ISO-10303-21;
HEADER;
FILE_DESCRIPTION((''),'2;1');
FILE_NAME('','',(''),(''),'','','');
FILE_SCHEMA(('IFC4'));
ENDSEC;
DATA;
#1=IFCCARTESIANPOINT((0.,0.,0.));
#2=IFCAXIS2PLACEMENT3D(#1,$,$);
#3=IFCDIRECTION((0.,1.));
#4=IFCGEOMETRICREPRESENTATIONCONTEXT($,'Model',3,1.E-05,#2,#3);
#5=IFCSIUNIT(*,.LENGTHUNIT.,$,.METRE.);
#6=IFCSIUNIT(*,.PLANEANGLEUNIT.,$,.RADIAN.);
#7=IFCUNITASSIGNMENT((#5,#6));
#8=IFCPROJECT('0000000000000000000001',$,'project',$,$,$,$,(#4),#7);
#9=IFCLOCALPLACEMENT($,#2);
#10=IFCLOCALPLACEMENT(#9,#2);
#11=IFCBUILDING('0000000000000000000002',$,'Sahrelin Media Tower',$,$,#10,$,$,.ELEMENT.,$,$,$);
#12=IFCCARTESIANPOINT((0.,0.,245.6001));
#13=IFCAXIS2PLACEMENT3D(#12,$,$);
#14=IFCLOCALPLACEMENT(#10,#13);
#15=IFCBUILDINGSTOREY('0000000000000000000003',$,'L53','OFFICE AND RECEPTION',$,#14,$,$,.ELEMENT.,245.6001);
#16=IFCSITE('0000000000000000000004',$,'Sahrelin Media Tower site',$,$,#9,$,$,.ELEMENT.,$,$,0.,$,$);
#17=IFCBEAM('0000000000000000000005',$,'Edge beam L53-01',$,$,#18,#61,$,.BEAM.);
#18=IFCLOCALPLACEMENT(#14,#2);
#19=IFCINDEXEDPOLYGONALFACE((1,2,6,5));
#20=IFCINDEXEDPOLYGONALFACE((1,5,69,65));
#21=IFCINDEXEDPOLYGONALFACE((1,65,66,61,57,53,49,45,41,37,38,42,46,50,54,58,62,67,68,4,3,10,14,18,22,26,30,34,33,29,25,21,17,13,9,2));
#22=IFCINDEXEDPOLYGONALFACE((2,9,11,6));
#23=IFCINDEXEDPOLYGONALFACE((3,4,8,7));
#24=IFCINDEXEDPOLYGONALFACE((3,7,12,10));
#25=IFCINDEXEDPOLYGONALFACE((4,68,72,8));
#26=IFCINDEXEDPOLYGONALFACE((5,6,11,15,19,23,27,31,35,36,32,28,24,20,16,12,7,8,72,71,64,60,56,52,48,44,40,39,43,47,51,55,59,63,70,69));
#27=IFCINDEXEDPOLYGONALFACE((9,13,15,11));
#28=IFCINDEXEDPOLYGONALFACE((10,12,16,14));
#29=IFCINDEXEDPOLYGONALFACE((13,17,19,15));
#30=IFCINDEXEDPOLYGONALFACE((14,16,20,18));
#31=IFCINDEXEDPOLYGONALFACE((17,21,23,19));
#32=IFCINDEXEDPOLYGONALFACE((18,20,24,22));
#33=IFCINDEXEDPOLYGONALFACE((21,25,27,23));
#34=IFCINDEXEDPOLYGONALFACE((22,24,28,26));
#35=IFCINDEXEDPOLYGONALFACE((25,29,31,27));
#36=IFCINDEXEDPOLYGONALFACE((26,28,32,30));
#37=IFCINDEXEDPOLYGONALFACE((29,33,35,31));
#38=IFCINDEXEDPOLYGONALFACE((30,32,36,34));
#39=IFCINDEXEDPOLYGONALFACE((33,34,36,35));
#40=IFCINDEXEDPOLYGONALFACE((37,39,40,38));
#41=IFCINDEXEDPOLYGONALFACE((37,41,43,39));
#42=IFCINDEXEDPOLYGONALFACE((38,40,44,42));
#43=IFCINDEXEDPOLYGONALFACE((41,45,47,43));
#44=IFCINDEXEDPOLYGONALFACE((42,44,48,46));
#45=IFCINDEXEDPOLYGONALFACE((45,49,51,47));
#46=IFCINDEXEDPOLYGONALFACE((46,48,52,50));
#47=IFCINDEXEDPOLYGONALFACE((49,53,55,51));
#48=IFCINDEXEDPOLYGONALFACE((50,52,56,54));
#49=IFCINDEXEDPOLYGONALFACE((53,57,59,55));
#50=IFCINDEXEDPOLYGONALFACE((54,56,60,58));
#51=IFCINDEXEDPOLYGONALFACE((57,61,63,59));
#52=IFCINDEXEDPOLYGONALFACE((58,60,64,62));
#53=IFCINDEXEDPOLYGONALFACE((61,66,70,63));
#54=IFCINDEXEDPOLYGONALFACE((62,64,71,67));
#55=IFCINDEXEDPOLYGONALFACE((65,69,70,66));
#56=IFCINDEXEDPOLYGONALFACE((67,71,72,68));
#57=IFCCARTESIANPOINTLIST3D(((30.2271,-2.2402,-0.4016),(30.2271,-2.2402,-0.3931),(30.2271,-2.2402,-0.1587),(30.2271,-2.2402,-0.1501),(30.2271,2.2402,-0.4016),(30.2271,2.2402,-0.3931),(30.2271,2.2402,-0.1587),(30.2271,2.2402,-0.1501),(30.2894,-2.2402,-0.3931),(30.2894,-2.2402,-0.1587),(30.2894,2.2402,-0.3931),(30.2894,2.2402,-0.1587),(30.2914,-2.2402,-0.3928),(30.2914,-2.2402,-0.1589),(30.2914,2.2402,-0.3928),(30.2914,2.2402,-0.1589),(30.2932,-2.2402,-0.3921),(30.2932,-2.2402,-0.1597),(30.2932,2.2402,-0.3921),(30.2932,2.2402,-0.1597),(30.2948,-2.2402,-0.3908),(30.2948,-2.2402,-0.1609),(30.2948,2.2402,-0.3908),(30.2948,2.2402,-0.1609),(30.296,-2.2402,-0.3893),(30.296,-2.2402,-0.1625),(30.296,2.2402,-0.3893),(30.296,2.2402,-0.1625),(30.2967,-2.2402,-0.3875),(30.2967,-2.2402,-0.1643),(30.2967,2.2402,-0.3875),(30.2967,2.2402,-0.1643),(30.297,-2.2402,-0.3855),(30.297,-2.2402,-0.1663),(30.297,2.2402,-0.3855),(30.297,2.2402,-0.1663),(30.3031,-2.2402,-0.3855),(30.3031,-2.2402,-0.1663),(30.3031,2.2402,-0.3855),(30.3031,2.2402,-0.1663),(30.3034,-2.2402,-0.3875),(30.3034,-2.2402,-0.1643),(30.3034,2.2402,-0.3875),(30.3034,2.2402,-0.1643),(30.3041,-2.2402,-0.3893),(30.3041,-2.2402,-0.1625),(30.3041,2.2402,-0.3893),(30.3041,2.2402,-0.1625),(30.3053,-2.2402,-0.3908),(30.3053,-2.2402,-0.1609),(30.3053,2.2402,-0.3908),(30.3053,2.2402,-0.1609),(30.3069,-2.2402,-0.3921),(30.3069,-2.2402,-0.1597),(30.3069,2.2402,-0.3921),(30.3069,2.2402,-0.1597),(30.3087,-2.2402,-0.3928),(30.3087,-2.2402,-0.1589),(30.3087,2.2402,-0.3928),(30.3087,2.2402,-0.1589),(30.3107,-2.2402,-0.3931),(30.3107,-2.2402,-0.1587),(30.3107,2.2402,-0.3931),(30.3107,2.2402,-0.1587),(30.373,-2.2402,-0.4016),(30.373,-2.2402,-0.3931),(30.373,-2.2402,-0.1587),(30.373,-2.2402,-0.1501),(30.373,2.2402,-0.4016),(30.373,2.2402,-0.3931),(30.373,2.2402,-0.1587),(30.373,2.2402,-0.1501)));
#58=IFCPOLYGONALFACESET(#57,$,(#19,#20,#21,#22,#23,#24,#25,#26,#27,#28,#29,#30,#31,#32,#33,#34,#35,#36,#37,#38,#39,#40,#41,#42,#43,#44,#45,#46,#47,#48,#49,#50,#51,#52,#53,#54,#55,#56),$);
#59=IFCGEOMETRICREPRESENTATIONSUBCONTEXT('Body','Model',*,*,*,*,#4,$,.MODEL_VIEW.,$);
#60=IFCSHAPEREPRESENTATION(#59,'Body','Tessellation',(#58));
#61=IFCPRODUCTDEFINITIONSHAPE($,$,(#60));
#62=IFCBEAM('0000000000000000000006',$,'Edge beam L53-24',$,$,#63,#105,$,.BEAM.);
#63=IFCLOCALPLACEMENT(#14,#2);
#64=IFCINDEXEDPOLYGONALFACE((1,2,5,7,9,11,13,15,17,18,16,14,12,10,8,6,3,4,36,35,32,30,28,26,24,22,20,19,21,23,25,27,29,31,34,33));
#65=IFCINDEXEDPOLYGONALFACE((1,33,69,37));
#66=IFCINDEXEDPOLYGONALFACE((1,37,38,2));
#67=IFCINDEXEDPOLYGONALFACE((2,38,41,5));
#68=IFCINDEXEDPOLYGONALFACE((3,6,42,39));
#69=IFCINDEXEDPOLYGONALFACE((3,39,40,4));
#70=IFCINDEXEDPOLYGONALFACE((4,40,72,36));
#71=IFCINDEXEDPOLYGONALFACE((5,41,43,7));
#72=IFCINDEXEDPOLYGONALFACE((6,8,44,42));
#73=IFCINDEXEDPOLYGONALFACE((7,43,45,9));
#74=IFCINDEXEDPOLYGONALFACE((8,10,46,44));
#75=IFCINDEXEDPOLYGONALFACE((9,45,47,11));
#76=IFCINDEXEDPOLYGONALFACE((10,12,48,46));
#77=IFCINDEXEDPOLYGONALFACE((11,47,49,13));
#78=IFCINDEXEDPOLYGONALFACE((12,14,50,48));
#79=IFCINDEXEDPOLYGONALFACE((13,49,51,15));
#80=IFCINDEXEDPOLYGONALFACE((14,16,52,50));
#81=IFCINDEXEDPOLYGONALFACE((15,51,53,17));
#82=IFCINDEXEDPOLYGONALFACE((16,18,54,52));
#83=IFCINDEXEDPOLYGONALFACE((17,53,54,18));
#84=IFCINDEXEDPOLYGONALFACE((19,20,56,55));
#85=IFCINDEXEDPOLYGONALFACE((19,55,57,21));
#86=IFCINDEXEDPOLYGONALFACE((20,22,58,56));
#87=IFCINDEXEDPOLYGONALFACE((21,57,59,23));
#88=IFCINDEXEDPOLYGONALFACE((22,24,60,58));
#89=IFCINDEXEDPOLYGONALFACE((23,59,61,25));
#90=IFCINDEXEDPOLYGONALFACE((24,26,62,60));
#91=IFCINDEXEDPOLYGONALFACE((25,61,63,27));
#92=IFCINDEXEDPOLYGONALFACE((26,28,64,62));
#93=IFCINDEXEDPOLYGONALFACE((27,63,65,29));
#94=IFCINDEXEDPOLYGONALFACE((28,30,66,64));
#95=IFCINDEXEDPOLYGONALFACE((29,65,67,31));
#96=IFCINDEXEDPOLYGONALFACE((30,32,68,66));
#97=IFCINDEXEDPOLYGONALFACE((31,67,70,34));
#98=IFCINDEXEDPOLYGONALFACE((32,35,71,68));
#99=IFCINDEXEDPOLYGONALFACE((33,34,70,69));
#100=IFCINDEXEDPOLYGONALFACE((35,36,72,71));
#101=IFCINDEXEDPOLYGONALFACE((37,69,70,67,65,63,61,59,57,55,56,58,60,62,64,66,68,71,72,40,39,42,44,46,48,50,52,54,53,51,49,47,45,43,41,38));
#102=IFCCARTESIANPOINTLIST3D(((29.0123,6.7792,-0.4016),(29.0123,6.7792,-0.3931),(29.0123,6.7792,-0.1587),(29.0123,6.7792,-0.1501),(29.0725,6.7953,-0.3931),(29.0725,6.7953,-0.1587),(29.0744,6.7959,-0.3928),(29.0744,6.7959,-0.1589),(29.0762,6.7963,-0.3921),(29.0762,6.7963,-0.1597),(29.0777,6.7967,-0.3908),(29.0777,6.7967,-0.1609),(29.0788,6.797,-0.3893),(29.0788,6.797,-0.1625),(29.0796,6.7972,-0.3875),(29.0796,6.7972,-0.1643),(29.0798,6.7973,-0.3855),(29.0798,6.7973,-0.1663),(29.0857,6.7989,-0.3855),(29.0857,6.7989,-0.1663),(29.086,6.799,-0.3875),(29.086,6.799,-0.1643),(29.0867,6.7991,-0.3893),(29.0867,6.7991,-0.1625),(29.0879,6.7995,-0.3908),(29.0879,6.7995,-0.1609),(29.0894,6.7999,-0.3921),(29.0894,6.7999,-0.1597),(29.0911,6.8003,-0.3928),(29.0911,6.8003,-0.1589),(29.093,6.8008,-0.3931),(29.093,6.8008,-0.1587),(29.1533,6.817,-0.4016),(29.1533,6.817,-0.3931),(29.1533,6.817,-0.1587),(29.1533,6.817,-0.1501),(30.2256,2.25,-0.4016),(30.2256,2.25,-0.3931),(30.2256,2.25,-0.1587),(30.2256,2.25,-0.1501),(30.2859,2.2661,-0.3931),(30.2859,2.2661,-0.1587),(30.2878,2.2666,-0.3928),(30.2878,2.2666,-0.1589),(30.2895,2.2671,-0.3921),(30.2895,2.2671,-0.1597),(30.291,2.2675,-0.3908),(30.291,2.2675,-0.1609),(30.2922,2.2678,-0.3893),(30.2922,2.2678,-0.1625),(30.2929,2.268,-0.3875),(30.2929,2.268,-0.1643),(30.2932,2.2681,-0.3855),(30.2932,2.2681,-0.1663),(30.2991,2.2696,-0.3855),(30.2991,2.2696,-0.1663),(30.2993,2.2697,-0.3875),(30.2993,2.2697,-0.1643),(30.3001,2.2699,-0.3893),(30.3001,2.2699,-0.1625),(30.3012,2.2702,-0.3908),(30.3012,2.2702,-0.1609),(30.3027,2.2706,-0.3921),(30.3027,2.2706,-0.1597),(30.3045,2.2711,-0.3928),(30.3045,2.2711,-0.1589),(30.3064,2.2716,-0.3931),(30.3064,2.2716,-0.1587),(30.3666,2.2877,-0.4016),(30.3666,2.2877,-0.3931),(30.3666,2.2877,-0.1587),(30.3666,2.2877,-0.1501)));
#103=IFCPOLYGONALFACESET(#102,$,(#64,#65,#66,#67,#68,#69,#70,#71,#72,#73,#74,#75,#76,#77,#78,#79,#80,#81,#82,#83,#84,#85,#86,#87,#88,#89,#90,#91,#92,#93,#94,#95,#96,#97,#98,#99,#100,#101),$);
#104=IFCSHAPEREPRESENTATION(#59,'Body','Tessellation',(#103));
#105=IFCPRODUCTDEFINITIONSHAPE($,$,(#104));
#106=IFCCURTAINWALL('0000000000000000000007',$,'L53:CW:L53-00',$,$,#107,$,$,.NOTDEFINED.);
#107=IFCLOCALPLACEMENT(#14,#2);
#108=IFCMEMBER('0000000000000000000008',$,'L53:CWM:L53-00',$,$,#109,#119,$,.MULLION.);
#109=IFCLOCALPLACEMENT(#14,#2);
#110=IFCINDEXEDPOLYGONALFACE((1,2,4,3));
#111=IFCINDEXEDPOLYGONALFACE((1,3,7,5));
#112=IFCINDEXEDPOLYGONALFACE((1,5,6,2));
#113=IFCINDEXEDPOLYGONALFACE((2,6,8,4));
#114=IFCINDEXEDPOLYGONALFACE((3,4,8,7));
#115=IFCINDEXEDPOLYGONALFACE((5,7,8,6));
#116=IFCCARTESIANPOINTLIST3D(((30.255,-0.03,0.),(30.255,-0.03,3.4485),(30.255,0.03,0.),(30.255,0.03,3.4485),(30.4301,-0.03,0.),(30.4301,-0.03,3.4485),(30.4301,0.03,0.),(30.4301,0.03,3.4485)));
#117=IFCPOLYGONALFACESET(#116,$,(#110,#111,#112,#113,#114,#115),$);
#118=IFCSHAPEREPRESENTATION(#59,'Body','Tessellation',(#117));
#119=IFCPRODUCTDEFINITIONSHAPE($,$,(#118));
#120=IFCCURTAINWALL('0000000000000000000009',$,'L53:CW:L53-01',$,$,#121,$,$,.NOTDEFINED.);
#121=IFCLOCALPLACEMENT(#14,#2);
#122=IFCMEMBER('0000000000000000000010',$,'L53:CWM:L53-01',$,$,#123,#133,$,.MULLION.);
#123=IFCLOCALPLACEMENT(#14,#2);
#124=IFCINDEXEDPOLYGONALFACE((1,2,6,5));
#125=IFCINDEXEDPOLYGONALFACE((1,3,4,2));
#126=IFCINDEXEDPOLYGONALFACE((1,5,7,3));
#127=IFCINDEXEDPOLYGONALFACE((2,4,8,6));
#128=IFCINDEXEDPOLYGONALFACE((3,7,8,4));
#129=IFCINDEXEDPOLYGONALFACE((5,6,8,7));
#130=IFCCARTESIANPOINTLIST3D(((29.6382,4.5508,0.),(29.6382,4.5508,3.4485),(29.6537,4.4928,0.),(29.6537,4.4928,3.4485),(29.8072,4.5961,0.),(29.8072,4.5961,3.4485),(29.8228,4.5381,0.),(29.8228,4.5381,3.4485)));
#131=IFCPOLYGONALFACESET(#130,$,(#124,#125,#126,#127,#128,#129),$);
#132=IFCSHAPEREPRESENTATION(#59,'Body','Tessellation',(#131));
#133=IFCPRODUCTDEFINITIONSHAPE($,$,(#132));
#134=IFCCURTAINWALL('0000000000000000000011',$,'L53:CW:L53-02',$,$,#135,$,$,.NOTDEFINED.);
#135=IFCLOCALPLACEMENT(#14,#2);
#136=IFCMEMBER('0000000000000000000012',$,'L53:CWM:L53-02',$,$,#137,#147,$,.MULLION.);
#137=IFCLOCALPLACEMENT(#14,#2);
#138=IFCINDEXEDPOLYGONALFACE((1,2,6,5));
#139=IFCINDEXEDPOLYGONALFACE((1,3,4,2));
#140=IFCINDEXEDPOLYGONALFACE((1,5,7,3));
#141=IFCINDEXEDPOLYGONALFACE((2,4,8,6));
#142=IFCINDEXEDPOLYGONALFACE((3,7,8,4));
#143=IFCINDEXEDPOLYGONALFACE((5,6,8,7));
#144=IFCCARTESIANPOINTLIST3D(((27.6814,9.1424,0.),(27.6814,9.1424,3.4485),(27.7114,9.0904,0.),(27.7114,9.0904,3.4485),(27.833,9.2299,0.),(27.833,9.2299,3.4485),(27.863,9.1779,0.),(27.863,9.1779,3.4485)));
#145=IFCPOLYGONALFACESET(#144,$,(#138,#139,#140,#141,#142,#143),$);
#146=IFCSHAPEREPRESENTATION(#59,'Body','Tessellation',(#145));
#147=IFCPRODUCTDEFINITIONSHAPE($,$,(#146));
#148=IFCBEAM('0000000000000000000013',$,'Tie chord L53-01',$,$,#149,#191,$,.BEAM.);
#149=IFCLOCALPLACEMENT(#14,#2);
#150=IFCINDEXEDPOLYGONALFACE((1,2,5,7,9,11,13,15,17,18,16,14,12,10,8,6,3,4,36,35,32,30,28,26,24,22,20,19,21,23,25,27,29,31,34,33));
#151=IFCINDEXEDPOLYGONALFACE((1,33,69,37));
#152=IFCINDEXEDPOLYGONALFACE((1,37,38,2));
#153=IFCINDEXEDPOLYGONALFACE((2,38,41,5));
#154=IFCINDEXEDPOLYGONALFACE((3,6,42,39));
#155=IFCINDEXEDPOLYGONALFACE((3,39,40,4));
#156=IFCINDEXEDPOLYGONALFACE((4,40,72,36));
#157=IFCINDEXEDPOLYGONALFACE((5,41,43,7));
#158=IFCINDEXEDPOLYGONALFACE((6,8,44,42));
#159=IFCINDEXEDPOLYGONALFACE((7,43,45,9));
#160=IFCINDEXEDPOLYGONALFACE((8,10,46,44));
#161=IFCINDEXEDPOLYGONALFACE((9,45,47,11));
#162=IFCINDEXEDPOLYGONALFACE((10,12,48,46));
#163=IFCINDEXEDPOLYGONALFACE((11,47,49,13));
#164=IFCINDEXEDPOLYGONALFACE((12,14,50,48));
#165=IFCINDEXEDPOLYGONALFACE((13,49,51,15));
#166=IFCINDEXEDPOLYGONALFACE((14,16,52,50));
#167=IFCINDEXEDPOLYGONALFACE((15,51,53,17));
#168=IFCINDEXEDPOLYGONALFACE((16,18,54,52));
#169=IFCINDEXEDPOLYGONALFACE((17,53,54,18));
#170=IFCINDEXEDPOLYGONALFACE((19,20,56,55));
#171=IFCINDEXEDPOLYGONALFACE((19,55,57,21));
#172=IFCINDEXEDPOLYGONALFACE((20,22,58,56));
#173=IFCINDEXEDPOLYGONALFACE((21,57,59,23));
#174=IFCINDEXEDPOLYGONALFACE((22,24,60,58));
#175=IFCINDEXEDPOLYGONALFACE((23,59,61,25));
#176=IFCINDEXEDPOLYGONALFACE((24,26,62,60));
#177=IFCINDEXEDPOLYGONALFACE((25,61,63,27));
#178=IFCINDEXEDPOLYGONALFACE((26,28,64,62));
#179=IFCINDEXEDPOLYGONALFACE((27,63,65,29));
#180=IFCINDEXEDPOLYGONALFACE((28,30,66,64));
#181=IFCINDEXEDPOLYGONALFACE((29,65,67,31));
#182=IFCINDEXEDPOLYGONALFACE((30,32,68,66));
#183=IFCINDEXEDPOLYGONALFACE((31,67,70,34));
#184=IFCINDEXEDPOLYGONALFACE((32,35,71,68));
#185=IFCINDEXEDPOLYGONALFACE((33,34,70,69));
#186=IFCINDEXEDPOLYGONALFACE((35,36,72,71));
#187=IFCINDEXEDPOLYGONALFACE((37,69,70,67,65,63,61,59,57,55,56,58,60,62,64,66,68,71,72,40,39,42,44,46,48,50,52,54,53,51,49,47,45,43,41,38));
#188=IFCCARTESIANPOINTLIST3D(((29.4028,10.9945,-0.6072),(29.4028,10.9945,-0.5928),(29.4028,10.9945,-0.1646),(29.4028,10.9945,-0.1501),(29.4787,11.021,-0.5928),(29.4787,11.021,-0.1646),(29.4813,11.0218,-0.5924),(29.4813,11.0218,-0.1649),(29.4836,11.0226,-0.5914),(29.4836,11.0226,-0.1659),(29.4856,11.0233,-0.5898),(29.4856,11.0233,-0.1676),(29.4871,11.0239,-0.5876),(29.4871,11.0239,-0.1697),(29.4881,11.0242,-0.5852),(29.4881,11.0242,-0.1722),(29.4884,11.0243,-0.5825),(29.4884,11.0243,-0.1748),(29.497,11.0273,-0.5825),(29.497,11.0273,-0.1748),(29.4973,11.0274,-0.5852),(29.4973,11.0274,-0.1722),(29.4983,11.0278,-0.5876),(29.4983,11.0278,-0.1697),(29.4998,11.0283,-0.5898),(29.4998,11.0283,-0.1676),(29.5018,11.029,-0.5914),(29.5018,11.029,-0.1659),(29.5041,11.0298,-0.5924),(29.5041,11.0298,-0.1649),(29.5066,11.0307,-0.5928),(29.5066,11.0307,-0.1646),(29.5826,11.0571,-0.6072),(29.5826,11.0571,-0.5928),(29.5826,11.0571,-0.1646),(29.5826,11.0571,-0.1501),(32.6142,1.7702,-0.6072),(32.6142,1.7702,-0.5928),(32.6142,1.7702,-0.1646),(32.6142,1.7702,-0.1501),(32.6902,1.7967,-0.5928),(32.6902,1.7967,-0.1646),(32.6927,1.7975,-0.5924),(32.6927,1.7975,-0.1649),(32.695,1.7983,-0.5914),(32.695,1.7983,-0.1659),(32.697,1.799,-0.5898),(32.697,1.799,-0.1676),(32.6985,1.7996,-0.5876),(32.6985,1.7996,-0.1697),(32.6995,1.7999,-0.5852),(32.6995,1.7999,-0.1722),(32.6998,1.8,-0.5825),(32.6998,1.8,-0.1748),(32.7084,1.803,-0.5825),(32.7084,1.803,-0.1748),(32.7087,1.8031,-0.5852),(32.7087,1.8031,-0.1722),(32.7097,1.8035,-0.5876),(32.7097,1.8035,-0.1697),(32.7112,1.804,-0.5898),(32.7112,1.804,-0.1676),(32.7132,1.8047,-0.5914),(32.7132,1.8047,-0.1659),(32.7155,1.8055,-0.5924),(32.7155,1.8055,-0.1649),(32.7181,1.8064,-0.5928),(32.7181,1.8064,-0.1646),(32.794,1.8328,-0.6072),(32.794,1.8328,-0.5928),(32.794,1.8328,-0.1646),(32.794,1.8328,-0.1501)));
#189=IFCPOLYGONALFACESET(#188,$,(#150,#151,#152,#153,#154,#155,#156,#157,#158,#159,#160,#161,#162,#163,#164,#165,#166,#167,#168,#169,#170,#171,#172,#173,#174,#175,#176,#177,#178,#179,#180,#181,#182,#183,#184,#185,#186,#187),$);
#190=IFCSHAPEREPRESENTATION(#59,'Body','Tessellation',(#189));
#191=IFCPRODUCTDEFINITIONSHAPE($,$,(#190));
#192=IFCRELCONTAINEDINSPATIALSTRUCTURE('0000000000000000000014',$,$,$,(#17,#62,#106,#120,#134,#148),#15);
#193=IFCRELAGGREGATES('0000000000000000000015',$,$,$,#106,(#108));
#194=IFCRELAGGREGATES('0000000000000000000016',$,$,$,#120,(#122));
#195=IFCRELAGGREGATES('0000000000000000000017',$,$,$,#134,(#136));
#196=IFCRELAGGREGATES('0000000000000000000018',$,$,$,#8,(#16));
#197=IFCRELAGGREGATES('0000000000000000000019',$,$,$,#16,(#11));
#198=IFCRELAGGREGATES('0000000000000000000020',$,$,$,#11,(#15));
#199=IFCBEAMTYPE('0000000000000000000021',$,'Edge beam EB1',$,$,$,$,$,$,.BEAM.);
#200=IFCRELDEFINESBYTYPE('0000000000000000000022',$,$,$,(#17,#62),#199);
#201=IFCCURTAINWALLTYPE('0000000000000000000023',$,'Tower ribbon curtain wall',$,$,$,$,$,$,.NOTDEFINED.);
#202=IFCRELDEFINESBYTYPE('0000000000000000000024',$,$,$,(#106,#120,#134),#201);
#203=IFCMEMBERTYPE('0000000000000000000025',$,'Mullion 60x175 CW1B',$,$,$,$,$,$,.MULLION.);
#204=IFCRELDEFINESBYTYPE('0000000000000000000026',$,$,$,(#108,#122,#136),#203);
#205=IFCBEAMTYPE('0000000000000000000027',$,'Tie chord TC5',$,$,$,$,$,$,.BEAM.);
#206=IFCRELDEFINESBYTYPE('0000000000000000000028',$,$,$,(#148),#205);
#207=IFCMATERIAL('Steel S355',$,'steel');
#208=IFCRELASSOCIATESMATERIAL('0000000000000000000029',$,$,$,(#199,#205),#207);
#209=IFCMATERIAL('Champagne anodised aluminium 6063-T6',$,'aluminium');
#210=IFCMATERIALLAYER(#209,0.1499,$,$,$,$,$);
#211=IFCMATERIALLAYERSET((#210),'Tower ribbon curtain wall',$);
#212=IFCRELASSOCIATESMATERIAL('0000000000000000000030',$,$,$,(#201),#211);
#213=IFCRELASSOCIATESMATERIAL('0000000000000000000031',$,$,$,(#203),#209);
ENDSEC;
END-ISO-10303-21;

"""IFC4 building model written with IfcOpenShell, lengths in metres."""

from ifc_helpers import new_model, si_unit, direction, frame, origin, origin_2d, place, context, subcontext, project, spatial, rectangle, i_section, extrude, material, layer, layer_set, material_profile, profile_set, type_object, element, aggregate, save


model = new_model("IFC4")

# Units and contexts
model_context = context("Model", 3, precision=1e-05, world=origin(), true_north=direction((0.0, 1.0)))
body_context = subcontext(model_context, "Body", "Model", "MODEL_VIEW")
ifc_project = project(units=[si_unit("LENGTHUNIT", "METRE"), si_unit("PLANEANGLEUNIT", "RADIAN")], contexts=[model_context])

# Site, building, storey
site_placement = place(None, origin())
site = spatial("IfcSite", under=ifc_project, at=site_placement, Name="Sahrelin Media Tower site", CompositionType="ELEMENT", RefElevation=0.0)
building_placement = place(site_placement, origin())
building = spatial("IfcBuilding", under=site, at=building_placement, Name="Sahrelin Media Tower", CompositionType="ELEMENT")
storey_placement = place(building_placement, frame((0.0, 0.0, 245.6001)))
storey = spatial("IfcBuildingStorey", under=building, at=storey_placement, Name="L53", Description="OFFICE AND RECEPTION", CompositionType="ELEMENT", Elevation=245.6001)

# Beams
ifc_material_1 = material(Name="Steel S355", Category="steel")
ifc_material_profile_1 = material_profile(ifc_material_1, i_section(OverallWidth=0.146, OverallDepth=0.2515, WebThickness=0.0061, FlangeThickness=0.0085, FilletRadius=0.0076, at=origin_2d()), Name="UB 254x146x31")
ifc_profile_set_1 = profile_set([ifc_material_profile_1], Name="Steel S355")
beam_type_1 = type_object("IfcBeamType", Name="Edge beam EB1", PredefinedType="BEAM", material=ifc_profile_set_1)
beam_1_placement = place(storey_placement, frame((30.3, 2.2402, -0.2759), z_axis=(0.0, -1.0, 0.0), x_axis=(1.0, 0.0, 0.0)))
element("IfcBeam", 1, at=beam_1_placement, inside=storey, type_object=beam_type_1, Name="Edge beam L53-01", PredefinedType="BEAM", context=body_context, shape_type="SweptSolid", body=[
    extrude(i_section(OverallWidth=0.146, OverallDepth=0.2515, WebThickness=0.0061, FlangeThickness=0.0085, FilletRadius=0.0076, at=origin_2d()), origin(), (0.0, 0.0, 1.0), 4.4805),
])
beam_2_placement = place(storey_placement, frame((29.0828, 6.7981, -0.2759), z_axis=(0.258771, -0.965939, 0.0), x_axis=(0.965939, 0.258771, 0.0)))
element("IfcBeam", 2, at=beam_2_placement, inside=storey, type_object=beam_type_1, Name="Edge beam L53-24", PredefinedType="BEAM", context=body_context, shape_type="SweptSolid", body=[
    extrude(i_section(OverallWidth=0.146, OverallDepth=0.2515, WebThickness=0.0061, FlangeThickness=0.0085, FilletRadius=0.0076, at=origin_2d()), origin(), (0.0, 0.0, 1.0), 4.689),
])

# Curtain walls, members
ifc_material_2 = material(Name="Champagne anodised aluminium 6063-T6", Category="aluminium")
ifc_layer_1 = layer(ifc_material_2, 0.1499)
ifc_layer_set_1 = layer_set([ifc_layer_1], Name="Tower ribbon curtain wall")
curtain_wall_type = type_object("IfcCurtainWallType", Name="Tower ribbon curtain wall", PredefinedType="NOTDEFINED", material=ifc_layer_set_1)
curtain_wall_1_placement = place(storey_placement, frame((30.45, 0.0, 0.0), z_axis=(0.0, 0.0, 1.0), x_axis=(1.0, 0.0, 0.0)))
curtain_wall_1 = element("IfcCurtainWall", 3, at=curtain_wall_1_placement, inside=storey, type_object=curtain_wall_type, Name="L53:CW:L53-00", PredefinedType="NOTDEFINED")
ifc_material_profile_2 = material_profile(ifc_material_2, rectangle(XDim=0.0601, YDim=0.175, at=origin_2d()), Name="Mullion 60x175")
ifc_profile_set_2 = profile_set([ifc_material_profile_2], Name="Champagne anodised aluminium 6063-T6")
member_type_1 = type_object("IfcMemberType", Name="Mullion 60x175 CW1B", PredefinedType="MULLION", material=ifc_profile_set_2)
member_1_placement = place(storey_placement, frame((30.3425, 0.0, 0.0), z_axis=(0.0, 0.0, 1.0), x_axis=(0.0, 1.0, 0.0)))
member_1 = element("IfcMember", 4, at=member_1_placement, type_object=member_type_1, Name="L53:CWM:L53-00", PredefinedType="MULLION", context=body_context, shape_type="SweptSolid", body=[
    extrude(rectangle(XDim=0.0601, YDim=0.175, at=origin_2d()), origin(), (0.0, 0.0, 1.0), 3.4485),
])
aggregate(curtain_wall_1, [member_1])
curtain_wall_2_placement = place(storey_placement, frame((29.8342, 4.5723, 0.0), z_axis=(0.0, 0.0, 1.0), x_axis=(1.0, 0.0, 0.0)))
curtain_wall_2 = element("IfcCurtainWall", 5, at=curtain_wall_2_placement, inside=storey, type_object=curtain_wall_type, Name="L53:CW:L53-01", PredefinedType="NOTDEFINED")
member_2_placement = place(storey_placement, frame((29.7305, 4.5444, 0.0), z_axis=(0.0, 0.0, 1.0), x_axis=(-0.258812, 0.965928, 0.0)))
member_2 = element("IfcMember", 6, at=member_2_placement, type_object=member_type_1, Name="L53:CWM:L53-01", PredefinedType="MULLION", context=body_context, shape_type="SweptSolid", body=[
    extrude(rectangle(XDim=0.0601, YDim=0.175, at=origin_2d()), origin(), (0.0, 0.0, 1.0), 3.4485),
])
curtain_wall_3_placement = place(storey_placement, frame((27.8652, 9.2141, 0.0), z_axis=(0.0, 0.0, 1.0), x_axis=(1.0, 0.0, 0.0)))
curtain_wall_3 = element("IfcCurtainWall", 7, at=curtain_wall_3_placement, inside=storey, type_object=curtain_wall_type, Name="L53:CW:L53-02", PredefinedType="NOTDEFINED")
member_3_placement = place(storey_placement, frame((27.7722, 9.1602, 0.0), z_axis=(0.0, 0.0, 1.0), x_axis=(-0.500009, 0.86602, 0.0)))
member_3 = element("IfcMember", 8, at=member_3_placement, type_object=member_type_1, Name="L53:CWM:L53-02", PredefinedType="MULLION", context=body_context, shape_type="SweptSolid", body=[
    extrude(rectangle(XDim=0.0601, YDim=0.175, at=origin_2d()), origin(), (0.0, 0.0, 1.0), 3.4485),
])

# Beam
ifc_material_profile_3 = material_profile(ifc_material_1, i_section(OverallWidth=0.1904, OverallDepth=0.457, WebThickness=0.009, FlangeThickness=0.0144, FilletRadius=0.0103, at=origin_2d()), Name="UB 457x191x74")
ifc_profile_set_3 = profile_set([ifc_material_profile_3], Name="Steel S355")
beam_type_2 = type_object("IfcBeamType", Name="Tie chord TC5", PredefinedType="BEAM", material=ifc_profile_set_3)
beam_3_placement = place(storey_placement, frame((32.7041, 1.8015, -0.3787), z_axis=(-0.32879, 0.944403, 0.0), x_axis=(-0.944403, -0.32879, 0.0)))
element("IfcBeam", 9, at=beam_3_placement, inside=storey, type_object=beam_type_2, Name="Tie chord L53-01", PredefinedType="BEAM", context=body_context, shape_type="SweptSolid", body=[
    extrude(i_section(OverallWidth=0.1904, OverallDepth=0.457, WebThickness=0.009, FlangeThickness=0.0144, FilletRadius=0.0103, at=origin_2d()), origin(), (0.0, 0.0, 1.0), 9.7673),
])

aggregate(curtain_wall_2, [member_2])
aggregate(curtain_wall_3, [member_3])

save(model, "model.ifc")
